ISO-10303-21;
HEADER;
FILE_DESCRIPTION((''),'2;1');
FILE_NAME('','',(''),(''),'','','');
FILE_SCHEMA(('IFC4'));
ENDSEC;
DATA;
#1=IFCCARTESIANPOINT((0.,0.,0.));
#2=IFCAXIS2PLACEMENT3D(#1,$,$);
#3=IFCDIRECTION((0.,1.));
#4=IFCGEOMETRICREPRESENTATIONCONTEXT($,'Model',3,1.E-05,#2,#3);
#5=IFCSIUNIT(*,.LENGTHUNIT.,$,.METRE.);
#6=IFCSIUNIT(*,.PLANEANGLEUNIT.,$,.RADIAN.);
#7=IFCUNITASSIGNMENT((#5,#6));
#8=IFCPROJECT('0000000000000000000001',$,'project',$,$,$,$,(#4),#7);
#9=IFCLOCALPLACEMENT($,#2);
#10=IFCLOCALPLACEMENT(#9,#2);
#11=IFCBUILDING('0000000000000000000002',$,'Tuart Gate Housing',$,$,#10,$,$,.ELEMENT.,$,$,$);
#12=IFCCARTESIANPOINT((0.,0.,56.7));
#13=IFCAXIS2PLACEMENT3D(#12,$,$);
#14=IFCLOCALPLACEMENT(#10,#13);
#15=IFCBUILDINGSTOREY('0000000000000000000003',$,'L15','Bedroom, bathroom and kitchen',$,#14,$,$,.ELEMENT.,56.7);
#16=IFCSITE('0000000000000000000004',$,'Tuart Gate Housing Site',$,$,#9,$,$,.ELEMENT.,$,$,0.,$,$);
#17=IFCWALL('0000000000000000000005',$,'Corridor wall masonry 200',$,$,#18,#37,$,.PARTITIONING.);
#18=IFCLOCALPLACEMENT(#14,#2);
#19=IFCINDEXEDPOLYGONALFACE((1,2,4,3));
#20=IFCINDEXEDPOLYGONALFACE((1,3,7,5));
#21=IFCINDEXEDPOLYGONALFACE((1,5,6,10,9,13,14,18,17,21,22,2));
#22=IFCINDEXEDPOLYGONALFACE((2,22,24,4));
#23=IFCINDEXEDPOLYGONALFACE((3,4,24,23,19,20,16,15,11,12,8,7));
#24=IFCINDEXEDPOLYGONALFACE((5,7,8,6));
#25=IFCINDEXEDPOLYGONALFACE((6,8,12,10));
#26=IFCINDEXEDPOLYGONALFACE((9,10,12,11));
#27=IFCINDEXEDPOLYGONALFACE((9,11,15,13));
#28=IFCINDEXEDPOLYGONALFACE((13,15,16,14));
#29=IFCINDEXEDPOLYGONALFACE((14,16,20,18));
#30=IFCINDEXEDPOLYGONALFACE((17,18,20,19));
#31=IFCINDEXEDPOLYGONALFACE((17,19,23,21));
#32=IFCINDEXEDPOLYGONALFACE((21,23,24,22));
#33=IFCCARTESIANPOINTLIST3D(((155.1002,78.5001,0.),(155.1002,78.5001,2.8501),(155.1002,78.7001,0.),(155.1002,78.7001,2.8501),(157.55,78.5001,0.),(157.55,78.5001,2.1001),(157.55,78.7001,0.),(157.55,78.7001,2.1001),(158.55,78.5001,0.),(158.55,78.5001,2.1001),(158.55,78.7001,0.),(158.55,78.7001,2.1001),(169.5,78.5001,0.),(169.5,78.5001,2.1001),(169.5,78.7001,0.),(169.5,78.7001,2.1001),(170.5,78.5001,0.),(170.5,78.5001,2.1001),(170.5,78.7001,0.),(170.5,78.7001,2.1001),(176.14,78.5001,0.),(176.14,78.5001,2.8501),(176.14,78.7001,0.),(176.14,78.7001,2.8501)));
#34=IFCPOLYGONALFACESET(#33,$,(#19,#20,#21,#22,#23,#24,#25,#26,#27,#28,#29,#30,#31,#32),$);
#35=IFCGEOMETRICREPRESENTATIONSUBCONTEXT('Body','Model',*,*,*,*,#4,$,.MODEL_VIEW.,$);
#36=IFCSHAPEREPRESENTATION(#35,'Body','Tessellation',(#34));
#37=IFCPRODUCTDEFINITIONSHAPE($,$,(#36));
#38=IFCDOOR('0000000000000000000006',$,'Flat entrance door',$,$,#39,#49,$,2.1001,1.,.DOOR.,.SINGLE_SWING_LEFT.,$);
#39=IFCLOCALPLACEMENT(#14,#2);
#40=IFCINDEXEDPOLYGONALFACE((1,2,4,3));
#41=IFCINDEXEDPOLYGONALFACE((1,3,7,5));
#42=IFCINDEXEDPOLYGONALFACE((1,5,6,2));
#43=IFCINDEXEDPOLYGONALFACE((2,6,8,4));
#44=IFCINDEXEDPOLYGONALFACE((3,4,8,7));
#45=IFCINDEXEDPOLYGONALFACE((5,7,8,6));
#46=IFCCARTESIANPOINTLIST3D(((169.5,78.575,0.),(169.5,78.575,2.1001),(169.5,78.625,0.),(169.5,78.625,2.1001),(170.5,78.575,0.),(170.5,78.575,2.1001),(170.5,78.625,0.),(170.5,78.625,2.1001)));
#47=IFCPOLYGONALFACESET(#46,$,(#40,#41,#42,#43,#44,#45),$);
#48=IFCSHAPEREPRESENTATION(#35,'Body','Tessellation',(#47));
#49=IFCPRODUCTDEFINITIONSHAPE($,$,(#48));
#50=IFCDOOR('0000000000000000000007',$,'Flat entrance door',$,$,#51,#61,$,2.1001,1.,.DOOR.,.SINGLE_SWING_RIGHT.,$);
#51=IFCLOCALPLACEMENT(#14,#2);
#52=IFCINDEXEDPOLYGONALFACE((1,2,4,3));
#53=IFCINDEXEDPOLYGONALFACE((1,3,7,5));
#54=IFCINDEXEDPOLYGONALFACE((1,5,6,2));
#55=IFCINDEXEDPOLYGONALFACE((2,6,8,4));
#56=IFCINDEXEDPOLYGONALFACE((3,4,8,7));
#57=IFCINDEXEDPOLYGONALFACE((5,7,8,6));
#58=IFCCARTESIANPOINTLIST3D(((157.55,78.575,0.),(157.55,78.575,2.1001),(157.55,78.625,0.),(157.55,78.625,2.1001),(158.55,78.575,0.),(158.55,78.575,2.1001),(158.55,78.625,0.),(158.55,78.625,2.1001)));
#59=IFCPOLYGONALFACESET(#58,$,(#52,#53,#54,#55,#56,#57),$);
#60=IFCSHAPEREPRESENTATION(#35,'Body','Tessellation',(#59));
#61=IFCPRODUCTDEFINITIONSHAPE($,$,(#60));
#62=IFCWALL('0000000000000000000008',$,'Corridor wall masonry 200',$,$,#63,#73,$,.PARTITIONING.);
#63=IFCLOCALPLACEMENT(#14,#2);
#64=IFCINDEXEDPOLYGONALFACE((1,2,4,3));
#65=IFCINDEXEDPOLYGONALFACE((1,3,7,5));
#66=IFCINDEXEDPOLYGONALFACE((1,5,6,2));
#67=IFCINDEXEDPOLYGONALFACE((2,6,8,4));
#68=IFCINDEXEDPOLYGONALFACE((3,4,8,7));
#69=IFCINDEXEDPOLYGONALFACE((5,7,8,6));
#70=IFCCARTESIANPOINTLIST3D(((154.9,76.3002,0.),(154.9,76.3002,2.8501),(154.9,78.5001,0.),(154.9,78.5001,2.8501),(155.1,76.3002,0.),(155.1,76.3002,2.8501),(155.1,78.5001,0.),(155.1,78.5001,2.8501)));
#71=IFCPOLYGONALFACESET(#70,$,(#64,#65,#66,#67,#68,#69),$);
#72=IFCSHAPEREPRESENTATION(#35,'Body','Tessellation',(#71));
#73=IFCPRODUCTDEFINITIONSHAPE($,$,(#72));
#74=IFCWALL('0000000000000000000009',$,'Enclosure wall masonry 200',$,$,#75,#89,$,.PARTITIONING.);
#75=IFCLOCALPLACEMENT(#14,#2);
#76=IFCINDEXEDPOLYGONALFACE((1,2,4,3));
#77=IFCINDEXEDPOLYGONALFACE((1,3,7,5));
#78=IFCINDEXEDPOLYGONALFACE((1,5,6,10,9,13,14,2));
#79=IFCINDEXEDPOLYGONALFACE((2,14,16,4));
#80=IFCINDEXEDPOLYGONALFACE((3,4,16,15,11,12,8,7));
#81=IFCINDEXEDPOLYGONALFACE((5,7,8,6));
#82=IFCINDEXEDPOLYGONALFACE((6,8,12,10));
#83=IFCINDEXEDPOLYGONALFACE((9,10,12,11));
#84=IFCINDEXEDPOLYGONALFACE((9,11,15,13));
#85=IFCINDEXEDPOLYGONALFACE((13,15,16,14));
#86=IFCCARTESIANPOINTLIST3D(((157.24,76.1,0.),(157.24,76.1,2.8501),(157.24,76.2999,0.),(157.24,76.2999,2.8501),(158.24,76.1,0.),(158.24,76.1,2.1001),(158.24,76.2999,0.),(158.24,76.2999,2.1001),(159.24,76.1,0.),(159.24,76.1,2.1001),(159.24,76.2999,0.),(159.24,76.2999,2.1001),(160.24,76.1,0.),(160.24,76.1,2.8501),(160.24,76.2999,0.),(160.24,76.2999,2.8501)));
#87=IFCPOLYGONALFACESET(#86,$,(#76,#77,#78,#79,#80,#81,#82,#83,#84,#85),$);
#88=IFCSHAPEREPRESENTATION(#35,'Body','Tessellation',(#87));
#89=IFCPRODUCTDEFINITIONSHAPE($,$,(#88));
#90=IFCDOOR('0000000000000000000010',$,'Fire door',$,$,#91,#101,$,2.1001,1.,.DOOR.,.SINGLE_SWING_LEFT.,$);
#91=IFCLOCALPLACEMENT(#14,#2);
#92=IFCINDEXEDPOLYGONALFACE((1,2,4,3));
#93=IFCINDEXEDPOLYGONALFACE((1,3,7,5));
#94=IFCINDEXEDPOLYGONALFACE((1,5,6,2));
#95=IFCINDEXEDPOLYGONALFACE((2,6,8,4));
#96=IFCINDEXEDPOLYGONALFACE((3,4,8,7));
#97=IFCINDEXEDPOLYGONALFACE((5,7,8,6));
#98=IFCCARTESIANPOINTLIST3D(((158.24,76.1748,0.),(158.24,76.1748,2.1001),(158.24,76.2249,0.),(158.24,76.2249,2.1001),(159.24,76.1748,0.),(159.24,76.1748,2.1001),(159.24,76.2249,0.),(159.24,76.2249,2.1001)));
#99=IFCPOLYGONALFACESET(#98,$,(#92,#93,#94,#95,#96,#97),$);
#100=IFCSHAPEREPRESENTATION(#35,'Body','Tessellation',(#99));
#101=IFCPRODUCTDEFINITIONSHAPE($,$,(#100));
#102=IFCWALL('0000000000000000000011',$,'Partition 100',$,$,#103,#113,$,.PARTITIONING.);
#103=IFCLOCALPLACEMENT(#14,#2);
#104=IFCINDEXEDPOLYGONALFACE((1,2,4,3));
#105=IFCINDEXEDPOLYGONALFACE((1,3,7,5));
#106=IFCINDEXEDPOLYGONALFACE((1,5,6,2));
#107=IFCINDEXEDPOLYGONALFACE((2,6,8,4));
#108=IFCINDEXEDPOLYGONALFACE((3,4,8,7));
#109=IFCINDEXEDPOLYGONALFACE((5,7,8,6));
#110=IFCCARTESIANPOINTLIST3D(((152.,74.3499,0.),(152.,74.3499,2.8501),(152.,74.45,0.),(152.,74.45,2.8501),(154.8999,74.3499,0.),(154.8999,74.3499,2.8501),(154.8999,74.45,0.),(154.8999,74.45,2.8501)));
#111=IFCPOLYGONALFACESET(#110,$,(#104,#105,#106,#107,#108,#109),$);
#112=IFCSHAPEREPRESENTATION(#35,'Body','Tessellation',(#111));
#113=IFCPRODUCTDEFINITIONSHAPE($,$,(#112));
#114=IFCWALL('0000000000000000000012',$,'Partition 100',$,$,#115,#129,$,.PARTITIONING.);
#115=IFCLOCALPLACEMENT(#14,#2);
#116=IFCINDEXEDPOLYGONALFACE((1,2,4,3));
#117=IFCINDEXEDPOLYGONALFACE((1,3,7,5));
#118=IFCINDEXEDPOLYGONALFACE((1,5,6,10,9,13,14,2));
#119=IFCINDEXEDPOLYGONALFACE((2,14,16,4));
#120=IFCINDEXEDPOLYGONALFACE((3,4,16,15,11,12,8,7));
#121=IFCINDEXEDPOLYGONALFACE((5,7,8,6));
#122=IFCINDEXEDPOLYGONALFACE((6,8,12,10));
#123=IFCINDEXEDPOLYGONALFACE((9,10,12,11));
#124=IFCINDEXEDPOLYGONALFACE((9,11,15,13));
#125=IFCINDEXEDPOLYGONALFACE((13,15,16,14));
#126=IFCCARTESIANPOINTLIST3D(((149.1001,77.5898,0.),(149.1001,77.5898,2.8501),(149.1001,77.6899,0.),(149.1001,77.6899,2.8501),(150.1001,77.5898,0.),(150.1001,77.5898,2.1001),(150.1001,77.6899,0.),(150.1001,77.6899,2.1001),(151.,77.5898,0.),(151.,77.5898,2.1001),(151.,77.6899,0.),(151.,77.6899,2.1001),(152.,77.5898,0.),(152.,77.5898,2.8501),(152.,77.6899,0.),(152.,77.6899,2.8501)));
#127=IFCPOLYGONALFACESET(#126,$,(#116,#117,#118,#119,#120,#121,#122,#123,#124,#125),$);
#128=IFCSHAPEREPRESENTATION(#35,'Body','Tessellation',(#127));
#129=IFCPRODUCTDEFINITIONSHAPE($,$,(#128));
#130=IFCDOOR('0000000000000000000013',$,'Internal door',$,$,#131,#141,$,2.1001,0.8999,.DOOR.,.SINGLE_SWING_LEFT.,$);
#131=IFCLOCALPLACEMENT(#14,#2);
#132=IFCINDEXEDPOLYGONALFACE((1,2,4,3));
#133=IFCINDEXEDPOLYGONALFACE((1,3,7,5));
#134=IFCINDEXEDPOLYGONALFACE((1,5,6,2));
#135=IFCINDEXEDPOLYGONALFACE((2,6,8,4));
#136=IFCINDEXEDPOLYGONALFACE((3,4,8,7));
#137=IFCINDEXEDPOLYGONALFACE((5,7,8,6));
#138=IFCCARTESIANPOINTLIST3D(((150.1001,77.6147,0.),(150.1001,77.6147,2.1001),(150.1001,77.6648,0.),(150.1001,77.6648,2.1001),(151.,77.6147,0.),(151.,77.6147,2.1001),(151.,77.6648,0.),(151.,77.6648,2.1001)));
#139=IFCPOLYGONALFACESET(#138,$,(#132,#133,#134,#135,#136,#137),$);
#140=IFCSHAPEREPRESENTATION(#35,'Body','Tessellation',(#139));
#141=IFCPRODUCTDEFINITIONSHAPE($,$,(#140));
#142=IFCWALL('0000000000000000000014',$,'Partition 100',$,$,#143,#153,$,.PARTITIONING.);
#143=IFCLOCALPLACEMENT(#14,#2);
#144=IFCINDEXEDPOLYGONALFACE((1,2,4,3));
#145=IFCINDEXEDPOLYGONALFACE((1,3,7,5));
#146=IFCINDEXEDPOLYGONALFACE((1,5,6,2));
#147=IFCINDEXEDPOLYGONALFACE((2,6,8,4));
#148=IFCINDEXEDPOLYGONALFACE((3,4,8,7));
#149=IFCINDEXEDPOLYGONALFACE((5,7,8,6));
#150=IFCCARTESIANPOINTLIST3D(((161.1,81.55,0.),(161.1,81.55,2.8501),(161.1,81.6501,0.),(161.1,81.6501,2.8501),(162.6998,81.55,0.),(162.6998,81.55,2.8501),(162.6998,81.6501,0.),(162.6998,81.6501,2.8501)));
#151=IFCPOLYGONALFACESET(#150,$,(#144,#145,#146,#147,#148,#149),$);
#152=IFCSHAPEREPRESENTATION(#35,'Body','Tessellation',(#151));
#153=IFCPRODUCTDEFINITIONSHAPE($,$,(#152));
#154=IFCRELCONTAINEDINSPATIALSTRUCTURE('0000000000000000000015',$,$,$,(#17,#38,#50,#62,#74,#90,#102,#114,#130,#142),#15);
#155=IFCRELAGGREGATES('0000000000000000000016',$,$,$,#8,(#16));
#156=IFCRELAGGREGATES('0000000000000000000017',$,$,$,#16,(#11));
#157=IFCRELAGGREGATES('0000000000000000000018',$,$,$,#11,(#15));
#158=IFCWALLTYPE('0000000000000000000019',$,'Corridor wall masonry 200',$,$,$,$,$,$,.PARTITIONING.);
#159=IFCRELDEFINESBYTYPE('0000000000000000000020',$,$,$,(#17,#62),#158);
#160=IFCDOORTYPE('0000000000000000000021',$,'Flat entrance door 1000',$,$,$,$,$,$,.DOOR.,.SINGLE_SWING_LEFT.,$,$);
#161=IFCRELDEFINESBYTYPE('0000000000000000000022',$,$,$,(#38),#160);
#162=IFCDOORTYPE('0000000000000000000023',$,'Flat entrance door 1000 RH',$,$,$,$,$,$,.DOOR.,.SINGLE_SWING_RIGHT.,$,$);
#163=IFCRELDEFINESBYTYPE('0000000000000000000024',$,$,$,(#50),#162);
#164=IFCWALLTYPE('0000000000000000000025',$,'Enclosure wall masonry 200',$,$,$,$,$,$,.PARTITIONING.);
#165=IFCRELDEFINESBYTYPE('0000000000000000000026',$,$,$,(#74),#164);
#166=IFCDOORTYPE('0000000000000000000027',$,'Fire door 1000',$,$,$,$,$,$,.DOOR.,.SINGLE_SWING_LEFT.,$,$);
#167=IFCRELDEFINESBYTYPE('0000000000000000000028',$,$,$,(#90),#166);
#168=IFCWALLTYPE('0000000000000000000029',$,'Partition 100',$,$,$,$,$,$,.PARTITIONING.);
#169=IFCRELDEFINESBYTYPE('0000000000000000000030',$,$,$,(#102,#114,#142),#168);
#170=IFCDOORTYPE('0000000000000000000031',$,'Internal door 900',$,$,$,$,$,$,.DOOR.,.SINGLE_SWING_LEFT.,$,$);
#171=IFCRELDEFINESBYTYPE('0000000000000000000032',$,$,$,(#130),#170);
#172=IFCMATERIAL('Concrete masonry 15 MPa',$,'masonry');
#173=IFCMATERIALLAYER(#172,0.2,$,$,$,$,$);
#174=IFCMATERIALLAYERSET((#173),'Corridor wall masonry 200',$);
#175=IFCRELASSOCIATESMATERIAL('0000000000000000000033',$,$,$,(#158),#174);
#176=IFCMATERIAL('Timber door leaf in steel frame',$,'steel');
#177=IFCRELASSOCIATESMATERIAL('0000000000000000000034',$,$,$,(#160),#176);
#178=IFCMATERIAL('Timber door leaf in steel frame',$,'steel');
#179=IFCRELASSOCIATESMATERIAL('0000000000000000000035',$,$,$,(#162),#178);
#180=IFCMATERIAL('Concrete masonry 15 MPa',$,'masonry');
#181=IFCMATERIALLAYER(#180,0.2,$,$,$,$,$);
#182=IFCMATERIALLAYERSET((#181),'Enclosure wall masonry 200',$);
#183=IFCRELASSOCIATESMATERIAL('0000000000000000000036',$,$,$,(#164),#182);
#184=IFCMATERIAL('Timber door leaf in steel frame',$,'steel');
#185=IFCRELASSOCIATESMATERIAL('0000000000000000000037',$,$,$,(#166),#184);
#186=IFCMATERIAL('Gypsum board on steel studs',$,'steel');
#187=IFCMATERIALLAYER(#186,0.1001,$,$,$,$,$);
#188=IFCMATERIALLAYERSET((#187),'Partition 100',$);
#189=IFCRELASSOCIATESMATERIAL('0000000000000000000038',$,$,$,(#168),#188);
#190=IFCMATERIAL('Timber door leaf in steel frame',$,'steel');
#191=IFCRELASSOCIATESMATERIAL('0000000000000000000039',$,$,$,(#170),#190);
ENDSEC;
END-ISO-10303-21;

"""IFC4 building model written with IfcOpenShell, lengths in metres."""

from ifc_helpers import new_model, si_unit, direction, frame, frame_2d, origin, place, context, subcontext, project, spatial, rectangle, extrude, material, layer, layer_set, type_object, element, fill, save


model = new_model("IFC4")

# Units and contexts
model_context = context("Model", 3, precision=1e-05, world=origin(), true_north=direction((0.0, 1.0)))
body_context = subcontext(model_context, "Body", "Model", "MODEL_VIEW")
ifc_project = project(units=[si_unit("LENGTHUNIT", "METRE"), si_unit("PLANEANGLEUNIT", "RADIAN")], contexts=[model_context])

# Site, building, storey
site_placement = place(None, origin())
site = spatial("IfcSite", under=ifc_project, at=site_placement, Name="Tuart Gate Housing Site", CompositionType="ELEMENT", RefElevation=0.0)
building_placement = place(site_placement, origin())
building = spatial("IfcBuilding", under=site, at=building_placement, Name="Tuart Gate Housing", CompositionType="ELEMENT")
storey_placement = place(building_placement, frame((0.0, 0.0, 56.7)))
storey = spatial("IfcBuildingStorey", under=building, at=storey_placement, Name="L15", Description="Bedroom, bathroom and kitchen", CompositionType="ELEMENT", Elevation=56.7)

# Shared definitions
ifc_material_1 = material(Name="Concrete masonry 15 MPa", Category="masonry")
ifc_layer_1 = layer(ifc_material_1, 0.2)
ifc_layer_set_1 = layer_set([ifc_layer_1], Name="Corridor wall masonry 200")
wall_type_1 = type_object("IfcWallType", Name="Corridor wall masonry 200", PredefinedType="PARTITIONING", material=ifc_layer_set_1)

# Wall, openings, doors
wall_1_placement = place(storey_placement, frame((155.1001, 78.6001, 0.0), z_axis=(0.0, 0.0, 1.0), x_axis=(1.0, 0.0, 0.0)))
wall_1 = element("IfcWall", 1, at=wall_1_placement, inside=storey, type_object=wall_type_1, Name="Corridor wall masonry 200", PredefinedType="PARTITIONING", context=body_context, shape_type="SweptSolid", body=[
    extrude(rectangle(XDim=21.0398, YDim=0.2, at=frame_2d((10.52, 0.0))), origin(), (0.0, 0.0, 1.0), 2.8501),
])
opening_1_placement = place(wall_1_placement, frame((2.45, 0.0, 0.0)))
opening_1 = element("IfcOpeningElement", 2, at=opening_1_placement, cuts=wall_1, PredefinedType="OPENING", context=body_context, shape_type="SweptSolid", body=[
    extrude(rectangle(XDim=1.0, YDim=2.1001, at=frame_2d((0.5, 1.05))), frame((0.0, 0.1099, 0.0), z_axis=(0.0, -1.0, 0.0), x_axis=(1.0, 0.0, 0.0)), (0.0, 0.0, 1.0), 0.22),
])
opening_2_placement = place(wall_1_placement, frame((14.3999, 0.0, 0.0)))
opening_2 = element("IfcOpeningElement", 3, at=opening_2_placement, cuts=wall_1, PredefinedType="OPENING", context=body_context, shape_type="SweptSolid", body=[
    extrude(rectangle(XDim=1.0, YDim=2.1001, at=frame_2d((0.5, 1.05))), frame((0.0, 0.1099, 0.0), z_axis=(0.0, -1.0, 0.0), x_axis=(1.0, 0.0, 0.0)), (0.0, 0.0, 1.0), 0.22),
])
ifc_material_2 = material(Name="Timber door leaf in steel frame", Category="steel")
door_type_1 = type_object("IfcDoorType", Name="Flat entrance door 1000", OperationType="SINGLE_SWING_LEFT", PredefinedType="DOOR", material=ifc_material_2)
door_1_placement = place(opening_2_placement, origin())
door_1 = element("IfcDoor", 4, at=door_1_placement, inside=storey, type_object=door_type_1, Name="Flat entrance door", OperationType="SINGLE_SWING_LEFT", OverallHeight=2.1001, OverallWidth=1.0, PredefinedType="DOOR", context=body_context, shape_type="SweptSolid", body=[
    extrude(rectangle(XDim=1.0, YDim=2.1001, at=frame_2d((0.5, 1.05))), frame((0.0, 0.0249, 0.0), z_axis=(0.0, -1.0, 0.0), x_axis=(1.0, 0.0, 0.0)), (0.0, 0.0, 1.0), 0.05),
])
fill(opening_2, door_1)
ifc_material_3 = material(Name="Timber door leaf in steel frame", Category="steel")
door_type_2 = type_object("IfcDoorType", Name="Flat entrance door 1000 RH", OperationType="SINGLE_SWING_RIGHT", PredefinedType="DOOR", material=ifc_material_3)
door_2_placement = place(opening_1_placement, origin())
door_2 = element("IfcDoor", 5, at=door_2_placement, inside=storey, type_object=door_type_2, Name="Flat entrance door", OperationType="SINGLE_SWING_RIGHT", OverallHeight=2.1001, OverallWidth=1.0, PredefinedType="DOOR", context=body_context, shape_type="SweptSolid", body=[
    extrude(rectangle(XDim=1.0, YDim=2.1001, at=frame_2d((0.5, 1.05))), frame((0.0, 0.0249, 0.0), z_axis=(0.0, -1.0, 0.0), x_axis=(1.0, 0.0, 0.0)), (0.0, 0.0, 1.0), 0.05),
])
fill(opening_1, door_2)

# Wall
wall_2_placement = place(storey_placement, frame((155.0, 76.3, 0.0), z_axis=(0.0, 0.0, 1.0), x_axis=(0.0, 1.0, 0.0)))
element("IfcWall", 6, at=wall_2_placement, inside=storey, type_object=wall_type_1, Name="Corridor wall masonry 200", PredefinedType="PARTITIONING", context=body_context, shape_type="SweptSolid", body=[
    extrude(rectangle(XDim=2.2, YDim=0.2, at=frame_2d((1.1001, 0.0))), origin(), (0.0, 0.0, 1.0), 2.8501),
])

# Wall, opening, door
ifc_material_4 = material(Name="Concrete masonry 15 MPa", Category="masonry")
ifc_layer_2 = layer(ifc_material_4, 0.2)
ifc_layer_set_2 = layer_set([ifc_layer_2], Name="Enclosure wall masonry 200")
wall_type_2 = type_object("IfcWallType", Name="Enclosure wall masonry 200", PredefinedType="PARTITIONING", material=ifc_layer_set_2)
wall_3_placement = place(storey_placement, frame((157.24, 76.2, 0.0), z_axis=(0.0, 0.0, 1.0), x_axis=(1.0, 0.0, 0.0)))
wall_3 = element("IfcWall", 7, at=wall_3_placement, inside=storey, type_object=wall_type_2, Name="Enclosure wall masonry 200", PredefinedType="PARTITIONING", context=body_context, shape_type="SweptSolid", body=[
    extrude(rectangle(XDim=3.0, YDim=0.2, at=frame_2d((1.5, 0.0))), origin(), (0.0, 0.0, 1.0), 2.8501),
])
opening_3_placement = place(wall_3_placement, frame((1.0, 0.0, 0.0)))
opening_3 = element("IfcOpeningElement", 8, at=opening_3_placement, cuts=wall_3, PredefinedType="OPENING", context=body_context, shape_type="SweptSolid", body=[
    extrude(rectangle(XDim=1.0, YDim=2.1001, at=frame_2d((0.5, 1.05))), frame((0.0, 0.1099, 0.0), z_axis=(0.0, -1.0, 0.0), x_axis=(1.0, 0.0, 0.0)), (0.0, 0.0, 1.0), 0.22),
])
ifc_material_5 = material(Name="Timber door leaf in steel frame", Category="steel")
door_type_3 = type_object("IfcDoorType", Name="Fire door 1000", OperationType="SINGLE_SWING_LEFT", PredefinedType="DOOR", material=ifc_material_5)
door_3_placement = place(opening_3_placement, origin())
door_3 = element("IfcDoor", 9, at=door_3_placement, inside=storey, type_object=door_type_3, Name="Fire door", OperationType="SINGLE_SWING_LEFT", OverallHeight=2.1001, OverallWidth=1.0, PredefinedType="DOOR", context=body_context, shape_type="SweptSolid", body=[
    extrude(rectangle(XDim=1.0, YDim=2.1001, at=frame_2d((0.5, 1.05))), frame((0.0, 0.0249, 0.0), z_axis=(0.0, -1.0, 0.0), x_axis=(1.0, 0.0, 0.0)), (0.0, 0.0, 1.0), 0.05),
])
fill(opening_3, door_3)

# Wall
ifc_material_6 = material(Name="Gypsum board on steel studs", Category="steel")
ifc_layer_3 = layer(ifc_material_6, 0.1001)
ifc_layer_set_3 = layer_set([ifc_layer_3], Name="Partition 100")
wall_type_3 = type_object("IfcWallType", Name="Partition 100", PredefinedType="PARTITIONING", material=ifc_layer_set_3)
wall_4_placement = place(storey_placement, frame((152.0, 74.3999, 0.0), z_axis=(0.0, 0.0, 1.0), x_axis=(1.0, 0.0, 0.0)))
element("IfcWall", 10, at=wall_4_placement, inside=storey, type_object=wall_type_3, Name="Partition 100", PredefinedType="PARTITIONING", context=body_context, shape_type="SweptSolid", body=[
    extrude(rectangle(XDim=2.8999, YDim=0.1001, at=frame_2d((1.45, 0.0))), origin(), (0.0, 0.0, 1.0), 2.8501),
])

# Wall, opening, door
wall_5_placement = place(storey_placement, frame((149.1001, 77.6399, 0.0), z_axis=(0.0, 0.0, 1.0), x_axis=(1.0, 0.0, 0.0)))
wall_5 = element("IfcWall", 11, at=wall_5_placement, inside=storey, type_object=wall_type_3, Name="Partition 100", PredefinedType="PARTITIONING", context=body_context, shape_type="SweptSolid", body=[
    extrude(rectangle(XDim=2.8999, YDim=0.1001, at=frame_2d((1.45, 0.0))), origin(), (0.0, 0.0, 1.0), 2.8501),
])
opening_4_placement = place(wall_5_placement, frame((1.0, 0.0, 0.0)))
opening_4 = element("IfcOpeningElement", 12, at=opening_4_placement, cuts=wall_5, PredefinedType="OPENING", context=body_context, shape_type="SweptSolid", body=[
    extrude(rectangle(XDim=0.8999, YDim=2.1001, at=frame_2d((0.45, 1.05))), frame((0.0, 0.0601, 0.0), z_axis=(0.0, -1.0, 0.0), x_axis=(1.0, 0.0, 0.0)), (0.0, 0.0, 1.0), 0.1201),
])
ifc_material_7 = material(Name="Timber door leaf in steel frame", Category="steel")
door_type_4 = type_object("IfcDoorType", Name="Internal door 900", OperationType="SINGLE_SWING_LEFT", PredefinedType="DOOR", material=ifc_material_7)
door_4_placement = place(opening_4_placement, frame((0.8999, 0.0, 0.0), z_axis=(0.0, 0.0, 1.0), x_axis=(-1.0, 0.0, 0.0)))
door_4 = element("IfcDoor", 13, at=door_4_placement, inside=storey, type_object=door_type_4, Name="Internal door", OperationType="SINGLE_SWING_LEFT", OverallHeight=2.1001, OverallWidth=0.8999, PredefinedType="DOOR", context=body_context, shape_type="SweptSolid", body=[
    extrude(rectangle(XDim=0.8999, YDim=2.1001, at=frame_2d((0.45, 1.05))), frame((0.0, 0.0251, 0.0), z_axis=(0.0, -1.0, 0.0), x_axis=(1.0, 0.0, 0.0)), (0.0, 0.0, 1.0), 0.05),
])
fill(opening_4, door_4)

# Wall
wall_6_placement = place(storey_placement, frame((161.1001, 81.6001, 0.0), z_axis=(0.0, 0.0, 1.0), x_axis=(1.0, 0.0, 0.0)))
element("IfcWall", 14, at=wall_6_placement, inside=storey, type_object=wall_type_3, Name="Partition 100", PredefinedType="PARTITIONING", context=body_context, shape_type="SweptSolid", body=[
    extrude(rectangle(XDim=1.5999, YDim=0.1001, at=frame_2d((0.7998, 0.0))), origin(), (0.0, 0.0, 1.0), 2.8501),
])

save(model, "model.ifc")
